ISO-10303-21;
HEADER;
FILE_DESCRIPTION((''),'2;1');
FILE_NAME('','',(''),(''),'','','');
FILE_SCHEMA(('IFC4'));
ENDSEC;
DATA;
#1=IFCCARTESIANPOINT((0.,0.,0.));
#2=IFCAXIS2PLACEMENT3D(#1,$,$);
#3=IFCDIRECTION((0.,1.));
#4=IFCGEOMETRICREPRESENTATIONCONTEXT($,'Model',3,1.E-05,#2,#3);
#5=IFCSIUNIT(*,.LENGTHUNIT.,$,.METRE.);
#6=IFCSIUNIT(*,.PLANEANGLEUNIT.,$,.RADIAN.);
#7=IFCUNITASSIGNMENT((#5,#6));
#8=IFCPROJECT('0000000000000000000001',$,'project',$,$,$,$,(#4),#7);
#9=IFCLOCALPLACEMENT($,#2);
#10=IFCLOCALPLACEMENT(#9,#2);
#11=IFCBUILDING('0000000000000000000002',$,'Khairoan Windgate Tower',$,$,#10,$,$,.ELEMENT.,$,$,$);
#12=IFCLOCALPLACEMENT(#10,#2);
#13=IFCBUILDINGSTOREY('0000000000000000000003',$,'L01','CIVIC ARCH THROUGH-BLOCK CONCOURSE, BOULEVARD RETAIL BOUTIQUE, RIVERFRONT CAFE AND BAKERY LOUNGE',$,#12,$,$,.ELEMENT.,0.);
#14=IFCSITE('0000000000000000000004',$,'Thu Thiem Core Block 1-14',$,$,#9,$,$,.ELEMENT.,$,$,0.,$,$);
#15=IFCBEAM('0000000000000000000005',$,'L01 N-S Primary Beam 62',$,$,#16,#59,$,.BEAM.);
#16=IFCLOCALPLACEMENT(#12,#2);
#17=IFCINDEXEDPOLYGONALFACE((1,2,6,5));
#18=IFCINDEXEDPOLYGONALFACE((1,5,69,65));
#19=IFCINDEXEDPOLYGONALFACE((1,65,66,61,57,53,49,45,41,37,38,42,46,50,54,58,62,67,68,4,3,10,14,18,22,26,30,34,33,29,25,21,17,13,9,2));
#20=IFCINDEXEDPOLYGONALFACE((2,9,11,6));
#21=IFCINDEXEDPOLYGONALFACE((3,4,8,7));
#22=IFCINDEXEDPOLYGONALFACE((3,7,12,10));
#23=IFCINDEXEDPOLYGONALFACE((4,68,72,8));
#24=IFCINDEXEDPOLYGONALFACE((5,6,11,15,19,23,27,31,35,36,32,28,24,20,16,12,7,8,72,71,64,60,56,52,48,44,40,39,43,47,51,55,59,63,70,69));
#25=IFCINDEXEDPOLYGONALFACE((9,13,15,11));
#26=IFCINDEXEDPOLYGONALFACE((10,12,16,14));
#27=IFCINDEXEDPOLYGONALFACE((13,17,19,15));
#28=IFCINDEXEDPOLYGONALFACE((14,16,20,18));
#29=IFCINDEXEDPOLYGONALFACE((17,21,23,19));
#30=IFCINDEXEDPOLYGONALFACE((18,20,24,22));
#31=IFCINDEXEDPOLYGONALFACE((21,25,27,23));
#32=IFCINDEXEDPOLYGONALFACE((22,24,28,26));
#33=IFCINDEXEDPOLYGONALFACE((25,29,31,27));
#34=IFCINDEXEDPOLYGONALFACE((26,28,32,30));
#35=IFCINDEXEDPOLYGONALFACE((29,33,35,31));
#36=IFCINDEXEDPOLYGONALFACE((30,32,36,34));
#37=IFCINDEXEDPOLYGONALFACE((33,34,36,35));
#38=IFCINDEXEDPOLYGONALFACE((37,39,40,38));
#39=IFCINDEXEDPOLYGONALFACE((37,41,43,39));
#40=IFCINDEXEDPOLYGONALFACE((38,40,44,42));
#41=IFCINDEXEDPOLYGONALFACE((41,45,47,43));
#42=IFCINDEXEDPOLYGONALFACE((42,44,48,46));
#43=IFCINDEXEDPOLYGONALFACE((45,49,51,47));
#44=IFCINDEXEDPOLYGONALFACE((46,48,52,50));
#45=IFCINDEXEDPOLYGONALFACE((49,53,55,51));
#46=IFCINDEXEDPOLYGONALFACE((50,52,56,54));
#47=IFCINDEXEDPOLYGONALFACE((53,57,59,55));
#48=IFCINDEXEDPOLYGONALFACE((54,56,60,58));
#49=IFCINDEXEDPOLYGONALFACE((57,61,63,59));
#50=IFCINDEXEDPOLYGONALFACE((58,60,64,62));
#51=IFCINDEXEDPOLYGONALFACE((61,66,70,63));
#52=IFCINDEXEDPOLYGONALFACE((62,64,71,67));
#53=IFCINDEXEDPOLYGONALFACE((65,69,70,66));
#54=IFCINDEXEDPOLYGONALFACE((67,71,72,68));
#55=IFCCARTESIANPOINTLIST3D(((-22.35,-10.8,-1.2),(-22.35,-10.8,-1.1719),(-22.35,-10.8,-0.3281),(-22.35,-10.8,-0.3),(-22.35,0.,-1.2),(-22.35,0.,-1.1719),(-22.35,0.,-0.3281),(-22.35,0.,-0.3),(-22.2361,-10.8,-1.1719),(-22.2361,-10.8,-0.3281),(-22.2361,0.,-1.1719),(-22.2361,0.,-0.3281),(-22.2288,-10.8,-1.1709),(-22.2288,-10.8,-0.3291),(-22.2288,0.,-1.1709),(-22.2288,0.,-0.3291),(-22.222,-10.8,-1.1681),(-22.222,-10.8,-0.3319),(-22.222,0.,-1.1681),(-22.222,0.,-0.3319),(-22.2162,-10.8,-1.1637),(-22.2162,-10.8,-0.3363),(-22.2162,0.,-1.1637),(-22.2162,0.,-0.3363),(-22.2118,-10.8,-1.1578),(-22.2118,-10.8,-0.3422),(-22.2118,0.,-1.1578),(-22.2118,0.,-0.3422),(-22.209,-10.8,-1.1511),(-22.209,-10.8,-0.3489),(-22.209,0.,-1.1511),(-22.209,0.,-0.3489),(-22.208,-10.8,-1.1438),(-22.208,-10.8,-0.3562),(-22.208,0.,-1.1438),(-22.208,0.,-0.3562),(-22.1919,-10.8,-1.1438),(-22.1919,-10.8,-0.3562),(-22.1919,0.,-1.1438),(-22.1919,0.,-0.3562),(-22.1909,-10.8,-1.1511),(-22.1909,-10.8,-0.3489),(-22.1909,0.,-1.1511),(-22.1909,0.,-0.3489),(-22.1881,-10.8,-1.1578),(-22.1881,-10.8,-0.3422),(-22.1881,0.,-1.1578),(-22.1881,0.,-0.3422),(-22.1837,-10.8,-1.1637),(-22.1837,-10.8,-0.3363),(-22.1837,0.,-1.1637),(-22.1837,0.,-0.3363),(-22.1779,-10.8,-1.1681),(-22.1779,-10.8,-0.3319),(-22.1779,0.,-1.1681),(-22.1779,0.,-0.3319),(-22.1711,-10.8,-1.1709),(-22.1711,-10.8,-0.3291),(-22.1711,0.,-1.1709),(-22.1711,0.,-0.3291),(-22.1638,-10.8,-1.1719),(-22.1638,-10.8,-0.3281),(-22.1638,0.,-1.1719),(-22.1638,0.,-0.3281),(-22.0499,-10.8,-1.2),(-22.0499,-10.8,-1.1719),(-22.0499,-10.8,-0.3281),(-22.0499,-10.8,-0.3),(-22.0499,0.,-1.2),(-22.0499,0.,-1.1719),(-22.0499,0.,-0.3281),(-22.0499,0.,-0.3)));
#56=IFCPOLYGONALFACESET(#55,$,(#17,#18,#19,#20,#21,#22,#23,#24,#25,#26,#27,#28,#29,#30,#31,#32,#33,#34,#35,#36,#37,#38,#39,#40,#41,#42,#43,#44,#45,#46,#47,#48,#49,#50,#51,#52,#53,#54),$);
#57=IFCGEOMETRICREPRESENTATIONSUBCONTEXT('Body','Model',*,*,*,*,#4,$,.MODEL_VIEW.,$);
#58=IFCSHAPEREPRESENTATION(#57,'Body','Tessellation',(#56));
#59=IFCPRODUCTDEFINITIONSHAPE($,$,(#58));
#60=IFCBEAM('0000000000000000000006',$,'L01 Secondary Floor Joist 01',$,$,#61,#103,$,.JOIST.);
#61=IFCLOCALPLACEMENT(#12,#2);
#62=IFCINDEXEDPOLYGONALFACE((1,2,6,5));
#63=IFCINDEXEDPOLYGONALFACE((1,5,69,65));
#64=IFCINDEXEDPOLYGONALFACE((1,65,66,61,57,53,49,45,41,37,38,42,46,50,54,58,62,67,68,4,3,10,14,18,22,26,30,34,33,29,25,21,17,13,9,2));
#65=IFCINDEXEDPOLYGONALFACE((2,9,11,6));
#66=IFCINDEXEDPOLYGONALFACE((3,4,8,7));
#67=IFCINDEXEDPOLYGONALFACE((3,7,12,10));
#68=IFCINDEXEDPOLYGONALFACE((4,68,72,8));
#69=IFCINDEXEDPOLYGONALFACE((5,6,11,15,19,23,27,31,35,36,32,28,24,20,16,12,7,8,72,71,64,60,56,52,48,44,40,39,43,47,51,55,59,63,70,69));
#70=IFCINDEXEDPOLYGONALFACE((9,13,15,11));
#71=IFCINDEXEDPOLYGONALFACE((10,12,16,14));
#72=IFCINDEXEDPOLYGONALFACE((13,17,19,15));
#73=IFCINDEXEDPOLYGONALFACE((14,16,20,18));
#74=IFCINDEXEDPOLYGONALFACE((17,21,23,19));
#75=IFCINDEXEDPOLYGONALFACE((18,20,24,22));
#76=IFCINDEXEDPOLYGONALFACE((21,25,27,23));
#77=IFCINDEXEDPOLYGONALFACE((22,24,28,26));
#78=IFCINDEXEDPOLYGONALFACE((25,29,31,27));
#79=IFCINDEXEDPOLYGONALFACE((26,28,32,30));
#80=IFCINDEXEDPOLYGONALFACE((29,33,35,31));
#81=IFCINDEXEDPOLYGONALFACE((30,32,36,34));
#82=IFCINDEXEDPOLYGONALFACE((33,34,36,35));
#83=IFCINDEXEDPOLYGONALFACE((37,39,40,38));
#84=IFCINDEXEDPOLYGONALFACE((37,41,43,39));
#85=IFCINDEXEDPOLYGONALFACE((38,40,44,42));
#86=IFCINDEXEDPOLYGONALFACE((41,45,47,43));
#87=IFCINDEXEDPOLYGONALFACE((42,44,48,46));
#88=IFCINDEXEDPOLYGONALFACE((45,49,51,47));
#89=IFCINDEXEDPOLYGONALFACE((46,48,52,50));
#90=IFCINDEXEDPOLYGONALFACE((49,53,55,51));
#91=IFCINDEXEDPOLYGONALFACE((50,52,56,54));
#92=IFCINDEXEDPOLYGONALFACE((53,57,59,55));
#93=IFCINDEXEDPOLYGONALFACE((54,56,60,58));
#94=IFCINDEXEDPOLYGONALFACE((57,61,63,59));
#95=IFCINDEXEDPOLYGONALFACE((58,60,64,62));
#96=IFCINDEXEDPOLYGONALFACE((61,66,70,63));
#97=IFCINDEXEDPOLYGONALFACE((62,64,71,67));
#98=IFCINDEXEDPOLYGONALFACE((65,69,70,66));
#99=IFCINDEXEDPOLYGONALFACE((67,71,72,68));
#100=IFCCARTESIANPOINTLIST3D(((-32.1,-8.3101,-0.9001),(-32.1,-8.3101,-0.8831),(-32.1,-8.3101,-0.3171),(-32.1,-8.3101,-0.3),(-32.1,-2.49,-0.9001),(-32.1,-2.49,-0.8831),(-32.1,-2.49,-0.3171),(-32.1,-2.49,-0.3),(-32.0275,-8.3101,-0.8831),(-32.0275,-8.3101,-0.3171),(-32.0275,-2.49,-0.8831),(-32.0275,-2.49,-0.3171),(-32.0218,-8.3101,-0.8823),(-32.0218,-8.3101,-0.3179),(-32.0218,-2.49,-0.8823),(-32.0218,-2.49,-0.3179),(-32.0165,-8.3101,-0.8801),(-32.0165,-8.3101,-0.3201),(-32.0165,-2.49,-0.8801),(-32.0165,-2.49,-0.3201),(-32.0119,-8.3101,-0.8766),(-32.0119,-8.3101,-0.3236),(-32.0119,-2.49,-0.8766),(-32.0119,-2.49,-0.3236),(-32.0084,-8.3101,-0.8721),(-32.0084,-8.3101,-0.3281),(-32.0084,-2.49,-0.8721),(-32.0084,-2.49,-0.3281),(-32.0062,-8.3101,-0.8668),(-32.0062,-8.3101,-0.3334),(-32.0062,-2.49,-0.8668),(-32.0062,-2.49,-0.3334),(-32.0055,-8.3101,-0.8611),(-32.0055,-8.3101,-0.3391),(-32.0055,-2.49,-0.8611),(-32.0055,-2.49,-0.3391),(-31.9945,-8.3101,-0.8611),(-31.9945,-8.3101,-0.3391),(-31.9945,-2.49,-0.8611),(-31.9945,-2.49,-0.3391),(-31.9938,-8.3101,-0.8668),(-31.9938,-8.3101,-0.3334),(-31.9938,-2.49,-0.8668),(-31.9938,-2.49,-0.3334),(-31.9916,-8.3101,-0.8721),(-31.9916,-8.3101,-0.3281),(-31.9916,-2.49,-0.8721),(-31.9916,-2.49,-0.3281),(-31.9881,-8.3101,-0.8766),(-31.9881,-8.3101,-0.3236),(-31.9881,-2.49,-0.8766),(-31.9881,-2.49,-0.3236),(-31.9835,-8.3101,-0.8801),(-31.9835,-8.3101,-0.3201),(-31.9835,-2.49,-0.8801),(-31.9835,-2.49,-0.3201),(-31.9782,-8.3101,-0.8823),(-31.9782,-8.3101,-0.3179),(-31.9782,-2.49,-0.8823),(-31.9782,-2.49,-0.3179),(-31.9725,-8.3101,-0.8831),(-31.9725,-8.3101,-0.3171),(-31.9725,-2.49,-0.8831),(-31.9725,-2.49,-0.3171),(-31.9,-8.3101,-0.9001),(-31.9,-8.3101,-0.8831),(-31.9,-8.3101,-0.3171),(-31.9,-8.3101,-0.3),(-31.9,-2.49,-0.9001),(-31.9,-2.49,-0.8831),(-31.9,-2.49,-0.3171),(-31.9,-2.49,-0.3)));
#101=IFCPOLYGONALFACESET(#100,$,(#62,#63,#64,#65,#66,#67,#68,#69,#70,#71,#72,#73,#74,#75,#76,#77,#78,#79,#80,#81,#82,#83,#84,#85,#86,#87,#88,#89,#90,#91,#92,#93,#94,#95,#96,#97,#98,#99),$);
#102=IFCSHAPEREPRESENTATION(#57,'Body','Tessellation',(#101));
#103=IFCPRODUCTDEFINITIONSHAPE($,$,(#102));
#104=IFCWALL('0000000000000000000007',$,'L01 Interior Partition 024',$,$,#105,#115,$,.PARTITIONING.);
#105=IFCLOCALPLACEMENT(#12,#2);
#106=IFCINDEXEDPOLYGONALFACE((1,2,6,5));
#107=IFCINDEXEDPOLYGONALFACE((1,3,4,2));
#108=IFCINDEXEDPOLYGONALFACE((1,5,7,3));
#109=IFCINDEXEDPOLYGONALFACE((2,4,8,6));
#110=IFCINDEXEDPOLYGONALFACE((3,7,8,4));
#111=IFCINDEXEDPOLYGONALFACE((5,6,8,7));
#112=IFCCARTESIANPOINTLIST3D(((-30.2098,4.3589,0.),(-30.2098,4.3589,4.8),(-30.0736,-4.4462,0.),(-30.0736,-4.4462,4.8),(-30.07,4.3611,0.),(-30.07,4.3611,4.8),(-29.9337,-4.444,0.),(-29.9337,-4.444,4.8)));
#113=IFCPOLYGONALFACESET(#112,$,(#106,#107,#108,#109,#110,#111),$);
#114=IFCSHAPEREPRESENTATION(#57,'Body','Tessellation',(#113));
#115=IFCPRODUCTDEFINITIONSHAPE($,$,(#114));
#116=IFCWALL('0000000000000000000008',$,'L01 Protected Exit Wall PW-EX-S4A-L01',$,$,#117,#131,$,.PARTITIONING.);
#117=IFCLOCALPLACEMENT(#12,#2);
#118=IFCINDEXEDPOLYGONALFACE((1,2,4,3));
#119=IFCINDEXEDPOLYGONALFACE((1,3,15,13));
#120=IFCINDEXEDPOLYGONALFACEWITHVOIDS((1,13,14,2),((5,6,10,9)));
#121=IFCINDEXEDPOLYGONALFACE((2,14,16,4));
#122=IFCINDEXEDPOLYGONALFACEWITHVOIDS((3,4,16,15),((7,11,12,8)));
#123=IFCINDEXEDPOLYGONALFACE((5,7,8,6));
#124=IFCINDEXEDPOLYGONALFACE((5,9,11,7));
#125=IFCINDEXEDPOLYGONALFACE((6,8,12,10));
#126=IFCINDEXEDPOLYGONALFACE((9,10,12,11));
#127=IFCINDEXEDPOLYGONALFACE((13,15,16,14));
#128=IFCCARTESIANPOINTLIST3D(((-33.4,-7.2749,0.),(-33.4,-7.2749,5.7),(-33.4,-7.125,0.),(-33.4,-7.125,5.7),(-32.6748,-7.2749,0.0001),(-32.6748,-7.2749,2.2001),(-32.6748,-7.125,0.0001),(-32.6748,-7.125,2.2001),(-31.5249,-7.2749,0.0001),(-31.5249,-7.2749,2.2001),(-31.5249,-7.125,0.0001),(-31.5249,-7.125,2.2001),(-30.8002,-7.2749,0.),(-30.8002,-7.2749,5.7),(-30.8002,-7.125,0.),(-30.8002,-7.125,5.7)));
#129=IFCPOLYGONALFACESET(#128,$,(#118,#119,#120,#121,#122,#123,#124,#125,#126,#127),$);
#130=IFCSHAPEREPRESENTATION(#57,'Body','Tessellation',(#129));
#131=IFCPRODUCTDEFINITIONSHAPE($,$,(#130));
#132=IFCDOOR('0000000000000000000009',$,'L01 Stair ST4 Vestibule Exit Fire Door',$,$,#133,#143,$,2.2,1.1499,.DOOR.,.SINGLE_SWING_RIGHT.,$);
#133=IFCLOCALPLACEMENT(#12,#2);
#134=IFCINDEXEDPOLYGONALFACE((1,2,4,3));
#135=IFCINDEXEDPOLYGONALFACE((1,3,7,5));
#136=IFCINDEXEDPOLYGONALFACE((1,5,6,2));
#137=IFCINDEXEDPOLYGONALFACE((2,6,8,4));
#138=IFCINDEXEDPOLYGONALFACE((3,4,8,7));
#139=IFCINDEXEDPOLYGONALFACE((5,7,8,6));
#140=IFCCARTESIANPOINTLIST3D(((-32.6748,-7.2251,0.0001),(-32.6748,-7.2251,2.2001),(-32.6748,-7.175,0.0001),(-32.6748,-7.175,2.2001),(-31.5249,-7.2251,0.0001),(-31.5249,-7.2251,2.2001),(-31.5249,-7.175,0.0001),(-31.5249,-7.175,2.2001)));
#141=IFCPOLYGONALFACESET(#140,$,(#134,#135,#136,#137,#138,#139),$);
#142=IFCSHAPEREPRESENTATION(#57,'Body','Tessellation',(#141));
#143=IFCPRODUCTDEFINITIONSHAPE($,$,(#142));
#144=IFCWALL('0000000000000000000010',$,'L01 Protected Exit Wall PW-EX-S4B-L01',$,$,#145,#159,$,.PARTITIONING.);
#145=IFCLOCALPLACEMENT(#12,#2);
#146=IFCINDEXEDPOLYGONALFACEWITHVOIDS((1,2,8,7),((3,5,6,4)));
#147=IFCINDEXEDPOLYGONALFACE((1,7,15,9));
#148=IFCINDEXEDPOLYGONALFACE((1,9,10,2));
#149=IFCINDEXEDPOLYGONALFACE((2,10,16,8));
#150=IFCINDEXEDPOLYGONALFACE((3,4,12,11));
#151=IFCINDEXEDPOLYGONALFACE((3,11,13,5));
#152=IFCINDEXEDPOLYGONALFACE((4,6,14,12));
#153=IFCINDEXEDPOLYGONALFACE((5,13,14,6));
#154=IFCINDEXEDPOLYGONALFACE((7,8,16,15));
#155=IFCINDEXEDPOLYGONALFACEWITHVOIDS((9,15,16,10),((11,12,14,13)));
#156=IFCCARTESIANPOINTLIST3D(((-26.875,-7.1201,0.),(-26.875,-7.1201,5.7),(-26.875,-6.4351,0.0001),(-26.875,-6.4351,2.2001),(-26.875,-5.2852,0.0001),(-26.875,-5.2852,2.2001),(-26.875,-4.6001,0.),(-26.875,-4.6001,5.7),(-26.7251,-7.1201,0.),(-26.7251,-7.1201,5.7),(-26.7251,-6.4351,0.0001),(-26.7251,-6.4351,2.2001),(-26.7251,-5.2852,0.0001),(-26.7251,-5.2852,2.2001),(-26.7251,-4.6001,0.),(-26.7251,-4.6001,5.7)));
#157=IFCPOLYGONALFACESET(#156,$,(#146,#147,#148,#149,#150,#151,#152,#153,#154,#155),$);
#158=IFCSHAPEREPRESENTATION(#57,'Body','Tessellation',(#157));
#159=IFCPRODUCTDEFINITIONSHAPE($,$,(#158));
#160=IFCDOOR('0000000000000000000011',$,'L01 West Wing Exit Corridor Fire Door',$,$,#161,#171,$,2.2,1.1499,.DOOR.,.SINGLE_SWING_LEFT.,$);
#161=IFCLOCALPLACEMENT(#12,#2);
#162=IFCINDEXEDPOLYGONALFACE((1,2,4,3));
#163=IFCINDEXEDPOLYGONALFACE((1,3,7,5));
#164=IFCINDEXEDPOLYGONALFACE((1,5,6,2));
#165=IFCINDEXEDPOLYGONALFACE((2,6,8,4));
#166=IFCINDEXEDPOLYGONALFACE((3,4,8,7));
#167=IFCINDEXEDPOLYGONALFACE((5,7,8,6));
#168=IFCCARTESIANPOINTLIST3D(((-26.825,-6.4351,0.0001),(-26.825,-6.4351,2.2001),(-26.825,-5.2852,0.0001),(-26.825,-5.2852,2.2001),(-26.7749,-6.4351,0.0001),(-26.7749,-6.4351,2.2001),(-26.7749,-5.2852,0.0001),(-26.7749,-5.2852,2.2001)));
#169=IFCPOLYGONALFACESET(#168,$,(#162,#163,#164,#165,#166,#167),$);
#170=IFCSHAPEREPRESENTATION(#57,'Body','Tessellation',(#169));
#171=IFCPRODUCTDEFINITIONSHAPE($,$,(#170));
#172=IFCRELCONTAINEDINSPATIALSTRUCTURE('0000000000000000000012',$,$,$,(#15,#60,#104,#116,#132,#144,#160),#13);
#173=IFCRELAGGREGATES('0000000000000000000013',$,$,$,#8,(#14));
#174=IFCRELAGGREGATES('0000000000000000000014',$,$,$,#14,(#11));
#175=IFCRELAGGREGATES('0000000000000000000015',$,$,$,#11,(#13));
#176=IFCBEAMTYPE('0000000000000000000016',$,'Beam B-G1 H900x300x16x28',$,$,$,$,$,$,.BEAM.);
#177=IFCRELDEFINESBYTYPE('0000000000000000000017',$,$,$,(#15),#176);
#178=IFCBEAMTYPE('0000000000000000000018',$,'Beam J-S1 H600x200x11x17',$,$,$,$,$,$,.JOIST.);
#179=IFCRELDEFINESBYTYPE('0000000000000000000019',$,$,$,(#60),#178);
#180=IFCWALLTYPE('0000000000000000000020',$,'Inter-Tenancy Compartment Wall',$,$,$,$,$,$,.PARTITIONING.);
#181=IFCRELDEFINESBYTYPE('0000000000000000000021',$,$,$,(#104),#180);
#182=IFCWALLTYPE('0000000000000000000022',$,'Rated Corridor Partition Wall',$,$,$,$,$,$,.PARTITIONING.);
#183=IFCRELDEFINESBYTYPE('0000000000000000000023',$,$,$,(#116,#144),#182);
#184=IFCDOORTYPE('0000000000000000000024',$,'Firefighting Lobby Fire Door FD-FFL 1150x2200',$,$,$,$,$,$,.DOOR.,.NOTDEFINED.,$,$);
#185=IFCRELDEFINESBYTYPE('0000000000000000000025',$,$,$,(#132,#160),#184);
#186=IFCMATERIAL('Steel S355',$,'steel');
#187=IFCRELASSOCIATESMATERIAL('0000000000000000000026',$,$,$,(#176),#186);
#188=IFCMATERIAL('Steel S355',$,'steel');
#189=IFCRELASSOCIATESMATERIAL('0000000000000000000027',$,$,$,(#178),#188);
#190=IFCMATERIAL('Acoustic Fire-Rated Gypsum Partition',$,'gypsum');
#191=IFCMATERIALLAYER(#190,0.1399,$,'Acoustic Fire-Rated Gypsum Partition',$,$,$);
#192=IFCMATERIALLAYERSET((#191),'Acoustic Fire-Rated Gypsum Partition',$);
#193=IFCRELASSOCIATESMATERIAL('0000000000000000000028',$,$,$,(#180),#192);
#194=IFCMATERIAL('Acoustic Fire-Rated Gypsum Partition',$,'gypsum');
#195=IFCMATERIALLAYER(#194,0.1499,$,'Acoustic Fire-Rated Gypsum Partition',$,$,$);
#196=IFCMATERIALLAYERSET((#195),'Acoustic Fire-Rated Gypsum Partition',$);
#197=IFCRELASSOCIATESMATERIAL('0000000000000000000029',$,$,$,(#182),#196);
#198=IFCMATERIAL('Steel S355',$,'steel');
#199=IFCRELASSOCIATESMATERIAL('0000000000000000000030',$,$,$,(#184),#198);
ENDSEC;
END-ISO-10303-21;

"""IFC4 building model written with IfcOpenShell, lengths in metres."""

from ifc_helpers import new_model, si_unit, direction, frame, frame_2d, origin, origin_2d, place, context, subcontext, project, spatial, rectangle, i_section, extrude, material, layer, layer_set, material_profile, profile_set, type_object, element, fill, save


model = new_model("IFC4")

# Units and contexts
model_context = context("Model", 3, precision=1e-05, world=origin(), true_north=direction((0.0, 1.0)))
body_context = subcontext(model_context, "Body", "Model", "MODEL_VIEW")
ifc_project = project(units=[si_unit("LENGTHUNIT", "METRE"), si_unit("PLANEANGLEUNIT", "RADIAN")], contexts=[model_context])

# Site, building, storey
site_placement = place(None, origin())
site = spatial("IfcSite", under=ifc_project, at=site_placement, Name="Thu Thiem Core Block 1-14", CompositionType="ELEMENT", RefElevation=0.0)
building_placement = place(site_placement, origin())
building = spatial("IfcBuilding", under=site, at=building_placement, Name="Khairoan Windgate Tower", CompositionType="ELEMENT")
storey_placement = place(building_placement, origin())
storey = spatial("IfcBuildingStorey", under=building, at=storey_placement, Name="L01", Description="CIVIC ARCH THROUGH-BLOCK CONCOURSE, BOULEVARD RETAIL BOUTIQUE, RIVERFRONT CAFE AND BAKERY LOUNGE", CompositionType="ELEMENT", Elevation=0.0)

# Beams
ifc_material_1 = material(Name="Steel S355", Category="steel")
ifc_material_profile_1 = material_profile(ifc_material_1, i_section(OverallWidth=0.3, OverallDepth=0.8999, WebThickness=0.0161, FlangeThickness=0.0281, FilletRadius=0.0281, at=origin_2d()))
ifc_profile_set_1 = profile_set([ifc_material_profile_1], Name="Steel S355")
beam_type_1 = type_object("IfcBeamType", Name="Beam B-G1 H900x300x16x28", PredefinedType="BEAM", material=ifc_profile_set_1)
beam_1_placement = place(storey_placement, frame((-22.2, -10.8, -0.75), z_axis=(0.0, 1.0, 0.0), x_axis=(-1.0, 0.0, 0.0)))
element("IfcBeam", 1, at=beam_1_placement, inside=storey, type_object=beam_type_1, Name="L01 N-S Primary Beam 62", PredefinedType="BEAM", context=body_context, shape_type="SweptSolid", body=[
    extrude(i_section(OverallWidth=0.3, OverallDepth=0.8999, WebThickness=0.0161, FlangeThickness=0.0281, FilletRadius=0.0281, at=origin_2d()), origin(), (0.0, 0.0, 1.0), 10.8),
])
ifc_material_2 = material(Name="Steel S355", Category="steel")
ifc_material_profile_2 = material_profile(ifc_material_2, i_section(OverallWidth=0.2, OverallDepth=0.6001, WebThickness=0.011, FlangeThickness=0.0171, FilletRadius=0.022, at=origin_2d()))
ifc_profile_set_2 = profile_set([ifc_material_profile_2], Name="Steel S355")
beam_type_2 = type_object("IfcBeamType", Name="Beam J-S1 H600x200x11x17", PredefinedType="JOIST", material=ifc_profile_set_2)
beam_2_placement = place(storey_placement, frame((-32.0, -8.3101, -0.6001), z_axis=(0.0, 1.0, 0.0), x_axis=(-1.0, 0.0, 0.0)))
element("IfcBeam", 2, at=beam_2_placement, inside=storey, type_object=beam_type_2, Name="L01 Secondary Floor Joist 01", PredefinedType="JOIST", context=body_context, shape_type="SweptSolid", body=[
    extrude(i_section(OverallWidth=0.2, OverallDepth=0.6001, WebThickness=0.011, FlangeThickness=0.0171, FilletRadius=0.022, at=origin_2d()), origin(), (0.0, 0.0, 1.0), 5.8201),
])

# Wall
ifc_material_3 = material(Name="Acoustic Fire-Rated Gypsum Partition", Category="gypsum")
ifc_layer_1 = layer(ifc_material_3, 0.1399, Name="Acoustic Fire-Rated Gypsum Partition")
ifc_layer_set_1 = layer_set([ifc_layer_1], Name="Acoustic Fire-Rated Gypsum Partition")
wall_type_1 = type_object("IfcWallType", Name="Inter-Tenancy Compartment Wall", PredefinedType="PARTITIONING", material=ifc_layer_set_1)
wall_1_placement = place(storey_placement, frame((-30.0037, -4.4451, 0.0), z_axis=(0.0, 0.0, 1.0), x_axis=(-0.01547, 0.99988, 0.0)))
element("IfcWall", 3, at=wall_1_placement, inside=storey, type_object=wall_type_1, Name="L01 Interior Partition 024", PredefinedType="PARTITIONING", context=body_context, shape_type="SweptSolid", body=[
    extrude(rectangle(XDim=8.8062, YDim=0.1399, at=frame_2d((4.4031, 0.0))), origin(), (0.0, 0.0, 1.0), 4.8),
])

# Walls, openings, doors
ifc_material_4 = material(Name="Acoustic Fire-Rated Gypsum Partition", Category="gypsum")
ifc_layer_2 = layer(ifc_material_4, 0.1499, Name="Acoustic Fire-Rated Gypsum Partition")
ifc_layer_set_2 = layer_set([ifc_layer_2], Name="Acoustic Fire-Rated Gypsum Partition")
wall_type_2 = type_object("IfcWallType", Name="Rated Corridor Partition Wall", PredefinedType="PARTITIONING", material=ifc_layer_set_2)
wall_2_placement = place(storey_placement, frame((-33.3999, -7.2, 0.0), z_axis=(0.0, 0.0, 1.0), x_axis=(1.0, 0.0, 0.0)))
wall_2 = element("IfcWall", 4, at=wall_2_placement, inside=storey, type_object=wall_type_2, Name="L01 Protected Exit Wall PW-EX-S4A-L01", PredefinedType="PARTITIONING", context=body_context, shape_type="SweptSolid", body=[
    extrude(rectangle(XDim=2.5999, YDim=0.1499, at=frame_2d((1.2998, 0.0))), origin(), (0.0, 0.0, 1.0), 5.7),
])
opening_1_placement = place(wall_2_placement, frame((0.7251, 0.0, 0.0)))
opening_1 = element("IfcOpeningElement", 5, at=opening_1_placement, cuts=wall_2, PredefinedType="OPENING", context=body_context, shape_type="SweptSolid", body=[
    extrude(rectangle(XDim=1.1499, YDim=2.2, at=frame_2d((0.575, 1.1001))), frame((0.0, 0.085, 0.0), z_axis=(0.0, -1.0, 0.0), x_axis=(1.0, 0.0, 0.0)), (0.0, 0.0, 1.0), 0.1699),
])
ifc_material_5 = material(Name="Steel S355", Category="steel")
door_type_1 = type_object("IfcDoorType", Name="Firefighting Lobby Fire Door FD-FFL 1150x2200", OperationType="NOTDEFINED", PredefinedType="DOOR", material=ifc_material_5)
door_1_placement = place(opening_1_placement, origin())
door_1 = element("IfcDoor", 6, at=door_1_placement, inside=storey, type_object=door_type_1, Name="L01 Stair ST4 Vestibule Exit Fire Door", OperationType="SINGLE_SWING_RIGHT", OverallHeight=2.2, OverallWidth=1.1499, PredefinedType="DOOR", context=body_context, shape_type="SweptSolid", body=[
    extrude(rectangle(XDim=1.1499, YDim=2.2, at=frame_2d((0.575, 1.1001))), frame((0.0, 0.0249, 0.0), z_axis=(0.0, -1.0, 0.0), x_axis=(1.0, 0.0, 0.0)), (0.0, 0.0, 1.0), 0.05),
])
fill(opening_1, door_1)
wall_3_placement = place(storey_placement, frame((-26.8, -7.1201, 0.0), z_axis=(0.0, 0.0, 1.0), x_axis=(0.0, 1.0, 0.0)))
wall_3 = element("IfcWall", 7, at=wall_3_placement, inside=storey, type_object=wall_type_2, Name="L01 Protected Exit Wall PW-EX-S4B-L01", PredefinedType="PARTITIONING", context=body_context, shape_type="SweptSolid", body=[
    extrude(rectangle(XDim=2.52, YDim=0.1499, at=frame_2d((1.26, 0.0))), origin(), (0.0, 0.0, 1.0), 5.7),
])
opening_2_placement = place(wall_3_placement, frame((0.6851, 0.0, 0.0)))
opening_2 = element("IfcOpeningElement", 8, at=opening_2_placement, cuts=wall_3, PredefinedType="OPENING", context=body_context, shape_type="SweptSolid", body=[
    extrude(rectangle(XDim=1.1499, YDim=2.2, at=frame_2d((0.575, 1.1001))), frame((0.0, 0.085, 0.0), z_axis=(0.0, -1.0, 0.0), x_axis=(1.0, 0.0, 0.0)), (0.0, 0.0, 1.0), 0.1699),
])
door_2_placement = place(opening_2_placement, origin())
door_2 = element("IfcDoor", 9, at=door_2_placement, inside=storey, type_object=door_type_1, Name="L01 West Wing Exit Corridor Fire Door", OperationType="SINGLE_SWING_LEFT", OverallHeight=2.2, OverallWidth=1.1499, PredefinedType="DOOR", context=body_context, shape_type="SweptSolid", body=[
    extrude(rectangle(XDim=1.1499, YDim=2.2, at=frame_2d((0.575, 1.1001))), frame((0.0, 0.0249, 0.0), z_axis=(0.0, -1.0, 0.0), x_axis=(1.0, 0.0, 0.0)), (0.0, 0.0, 1.0), 0.05),
])
fill(opening_2, door_2)

save(model, "model.ifc")
